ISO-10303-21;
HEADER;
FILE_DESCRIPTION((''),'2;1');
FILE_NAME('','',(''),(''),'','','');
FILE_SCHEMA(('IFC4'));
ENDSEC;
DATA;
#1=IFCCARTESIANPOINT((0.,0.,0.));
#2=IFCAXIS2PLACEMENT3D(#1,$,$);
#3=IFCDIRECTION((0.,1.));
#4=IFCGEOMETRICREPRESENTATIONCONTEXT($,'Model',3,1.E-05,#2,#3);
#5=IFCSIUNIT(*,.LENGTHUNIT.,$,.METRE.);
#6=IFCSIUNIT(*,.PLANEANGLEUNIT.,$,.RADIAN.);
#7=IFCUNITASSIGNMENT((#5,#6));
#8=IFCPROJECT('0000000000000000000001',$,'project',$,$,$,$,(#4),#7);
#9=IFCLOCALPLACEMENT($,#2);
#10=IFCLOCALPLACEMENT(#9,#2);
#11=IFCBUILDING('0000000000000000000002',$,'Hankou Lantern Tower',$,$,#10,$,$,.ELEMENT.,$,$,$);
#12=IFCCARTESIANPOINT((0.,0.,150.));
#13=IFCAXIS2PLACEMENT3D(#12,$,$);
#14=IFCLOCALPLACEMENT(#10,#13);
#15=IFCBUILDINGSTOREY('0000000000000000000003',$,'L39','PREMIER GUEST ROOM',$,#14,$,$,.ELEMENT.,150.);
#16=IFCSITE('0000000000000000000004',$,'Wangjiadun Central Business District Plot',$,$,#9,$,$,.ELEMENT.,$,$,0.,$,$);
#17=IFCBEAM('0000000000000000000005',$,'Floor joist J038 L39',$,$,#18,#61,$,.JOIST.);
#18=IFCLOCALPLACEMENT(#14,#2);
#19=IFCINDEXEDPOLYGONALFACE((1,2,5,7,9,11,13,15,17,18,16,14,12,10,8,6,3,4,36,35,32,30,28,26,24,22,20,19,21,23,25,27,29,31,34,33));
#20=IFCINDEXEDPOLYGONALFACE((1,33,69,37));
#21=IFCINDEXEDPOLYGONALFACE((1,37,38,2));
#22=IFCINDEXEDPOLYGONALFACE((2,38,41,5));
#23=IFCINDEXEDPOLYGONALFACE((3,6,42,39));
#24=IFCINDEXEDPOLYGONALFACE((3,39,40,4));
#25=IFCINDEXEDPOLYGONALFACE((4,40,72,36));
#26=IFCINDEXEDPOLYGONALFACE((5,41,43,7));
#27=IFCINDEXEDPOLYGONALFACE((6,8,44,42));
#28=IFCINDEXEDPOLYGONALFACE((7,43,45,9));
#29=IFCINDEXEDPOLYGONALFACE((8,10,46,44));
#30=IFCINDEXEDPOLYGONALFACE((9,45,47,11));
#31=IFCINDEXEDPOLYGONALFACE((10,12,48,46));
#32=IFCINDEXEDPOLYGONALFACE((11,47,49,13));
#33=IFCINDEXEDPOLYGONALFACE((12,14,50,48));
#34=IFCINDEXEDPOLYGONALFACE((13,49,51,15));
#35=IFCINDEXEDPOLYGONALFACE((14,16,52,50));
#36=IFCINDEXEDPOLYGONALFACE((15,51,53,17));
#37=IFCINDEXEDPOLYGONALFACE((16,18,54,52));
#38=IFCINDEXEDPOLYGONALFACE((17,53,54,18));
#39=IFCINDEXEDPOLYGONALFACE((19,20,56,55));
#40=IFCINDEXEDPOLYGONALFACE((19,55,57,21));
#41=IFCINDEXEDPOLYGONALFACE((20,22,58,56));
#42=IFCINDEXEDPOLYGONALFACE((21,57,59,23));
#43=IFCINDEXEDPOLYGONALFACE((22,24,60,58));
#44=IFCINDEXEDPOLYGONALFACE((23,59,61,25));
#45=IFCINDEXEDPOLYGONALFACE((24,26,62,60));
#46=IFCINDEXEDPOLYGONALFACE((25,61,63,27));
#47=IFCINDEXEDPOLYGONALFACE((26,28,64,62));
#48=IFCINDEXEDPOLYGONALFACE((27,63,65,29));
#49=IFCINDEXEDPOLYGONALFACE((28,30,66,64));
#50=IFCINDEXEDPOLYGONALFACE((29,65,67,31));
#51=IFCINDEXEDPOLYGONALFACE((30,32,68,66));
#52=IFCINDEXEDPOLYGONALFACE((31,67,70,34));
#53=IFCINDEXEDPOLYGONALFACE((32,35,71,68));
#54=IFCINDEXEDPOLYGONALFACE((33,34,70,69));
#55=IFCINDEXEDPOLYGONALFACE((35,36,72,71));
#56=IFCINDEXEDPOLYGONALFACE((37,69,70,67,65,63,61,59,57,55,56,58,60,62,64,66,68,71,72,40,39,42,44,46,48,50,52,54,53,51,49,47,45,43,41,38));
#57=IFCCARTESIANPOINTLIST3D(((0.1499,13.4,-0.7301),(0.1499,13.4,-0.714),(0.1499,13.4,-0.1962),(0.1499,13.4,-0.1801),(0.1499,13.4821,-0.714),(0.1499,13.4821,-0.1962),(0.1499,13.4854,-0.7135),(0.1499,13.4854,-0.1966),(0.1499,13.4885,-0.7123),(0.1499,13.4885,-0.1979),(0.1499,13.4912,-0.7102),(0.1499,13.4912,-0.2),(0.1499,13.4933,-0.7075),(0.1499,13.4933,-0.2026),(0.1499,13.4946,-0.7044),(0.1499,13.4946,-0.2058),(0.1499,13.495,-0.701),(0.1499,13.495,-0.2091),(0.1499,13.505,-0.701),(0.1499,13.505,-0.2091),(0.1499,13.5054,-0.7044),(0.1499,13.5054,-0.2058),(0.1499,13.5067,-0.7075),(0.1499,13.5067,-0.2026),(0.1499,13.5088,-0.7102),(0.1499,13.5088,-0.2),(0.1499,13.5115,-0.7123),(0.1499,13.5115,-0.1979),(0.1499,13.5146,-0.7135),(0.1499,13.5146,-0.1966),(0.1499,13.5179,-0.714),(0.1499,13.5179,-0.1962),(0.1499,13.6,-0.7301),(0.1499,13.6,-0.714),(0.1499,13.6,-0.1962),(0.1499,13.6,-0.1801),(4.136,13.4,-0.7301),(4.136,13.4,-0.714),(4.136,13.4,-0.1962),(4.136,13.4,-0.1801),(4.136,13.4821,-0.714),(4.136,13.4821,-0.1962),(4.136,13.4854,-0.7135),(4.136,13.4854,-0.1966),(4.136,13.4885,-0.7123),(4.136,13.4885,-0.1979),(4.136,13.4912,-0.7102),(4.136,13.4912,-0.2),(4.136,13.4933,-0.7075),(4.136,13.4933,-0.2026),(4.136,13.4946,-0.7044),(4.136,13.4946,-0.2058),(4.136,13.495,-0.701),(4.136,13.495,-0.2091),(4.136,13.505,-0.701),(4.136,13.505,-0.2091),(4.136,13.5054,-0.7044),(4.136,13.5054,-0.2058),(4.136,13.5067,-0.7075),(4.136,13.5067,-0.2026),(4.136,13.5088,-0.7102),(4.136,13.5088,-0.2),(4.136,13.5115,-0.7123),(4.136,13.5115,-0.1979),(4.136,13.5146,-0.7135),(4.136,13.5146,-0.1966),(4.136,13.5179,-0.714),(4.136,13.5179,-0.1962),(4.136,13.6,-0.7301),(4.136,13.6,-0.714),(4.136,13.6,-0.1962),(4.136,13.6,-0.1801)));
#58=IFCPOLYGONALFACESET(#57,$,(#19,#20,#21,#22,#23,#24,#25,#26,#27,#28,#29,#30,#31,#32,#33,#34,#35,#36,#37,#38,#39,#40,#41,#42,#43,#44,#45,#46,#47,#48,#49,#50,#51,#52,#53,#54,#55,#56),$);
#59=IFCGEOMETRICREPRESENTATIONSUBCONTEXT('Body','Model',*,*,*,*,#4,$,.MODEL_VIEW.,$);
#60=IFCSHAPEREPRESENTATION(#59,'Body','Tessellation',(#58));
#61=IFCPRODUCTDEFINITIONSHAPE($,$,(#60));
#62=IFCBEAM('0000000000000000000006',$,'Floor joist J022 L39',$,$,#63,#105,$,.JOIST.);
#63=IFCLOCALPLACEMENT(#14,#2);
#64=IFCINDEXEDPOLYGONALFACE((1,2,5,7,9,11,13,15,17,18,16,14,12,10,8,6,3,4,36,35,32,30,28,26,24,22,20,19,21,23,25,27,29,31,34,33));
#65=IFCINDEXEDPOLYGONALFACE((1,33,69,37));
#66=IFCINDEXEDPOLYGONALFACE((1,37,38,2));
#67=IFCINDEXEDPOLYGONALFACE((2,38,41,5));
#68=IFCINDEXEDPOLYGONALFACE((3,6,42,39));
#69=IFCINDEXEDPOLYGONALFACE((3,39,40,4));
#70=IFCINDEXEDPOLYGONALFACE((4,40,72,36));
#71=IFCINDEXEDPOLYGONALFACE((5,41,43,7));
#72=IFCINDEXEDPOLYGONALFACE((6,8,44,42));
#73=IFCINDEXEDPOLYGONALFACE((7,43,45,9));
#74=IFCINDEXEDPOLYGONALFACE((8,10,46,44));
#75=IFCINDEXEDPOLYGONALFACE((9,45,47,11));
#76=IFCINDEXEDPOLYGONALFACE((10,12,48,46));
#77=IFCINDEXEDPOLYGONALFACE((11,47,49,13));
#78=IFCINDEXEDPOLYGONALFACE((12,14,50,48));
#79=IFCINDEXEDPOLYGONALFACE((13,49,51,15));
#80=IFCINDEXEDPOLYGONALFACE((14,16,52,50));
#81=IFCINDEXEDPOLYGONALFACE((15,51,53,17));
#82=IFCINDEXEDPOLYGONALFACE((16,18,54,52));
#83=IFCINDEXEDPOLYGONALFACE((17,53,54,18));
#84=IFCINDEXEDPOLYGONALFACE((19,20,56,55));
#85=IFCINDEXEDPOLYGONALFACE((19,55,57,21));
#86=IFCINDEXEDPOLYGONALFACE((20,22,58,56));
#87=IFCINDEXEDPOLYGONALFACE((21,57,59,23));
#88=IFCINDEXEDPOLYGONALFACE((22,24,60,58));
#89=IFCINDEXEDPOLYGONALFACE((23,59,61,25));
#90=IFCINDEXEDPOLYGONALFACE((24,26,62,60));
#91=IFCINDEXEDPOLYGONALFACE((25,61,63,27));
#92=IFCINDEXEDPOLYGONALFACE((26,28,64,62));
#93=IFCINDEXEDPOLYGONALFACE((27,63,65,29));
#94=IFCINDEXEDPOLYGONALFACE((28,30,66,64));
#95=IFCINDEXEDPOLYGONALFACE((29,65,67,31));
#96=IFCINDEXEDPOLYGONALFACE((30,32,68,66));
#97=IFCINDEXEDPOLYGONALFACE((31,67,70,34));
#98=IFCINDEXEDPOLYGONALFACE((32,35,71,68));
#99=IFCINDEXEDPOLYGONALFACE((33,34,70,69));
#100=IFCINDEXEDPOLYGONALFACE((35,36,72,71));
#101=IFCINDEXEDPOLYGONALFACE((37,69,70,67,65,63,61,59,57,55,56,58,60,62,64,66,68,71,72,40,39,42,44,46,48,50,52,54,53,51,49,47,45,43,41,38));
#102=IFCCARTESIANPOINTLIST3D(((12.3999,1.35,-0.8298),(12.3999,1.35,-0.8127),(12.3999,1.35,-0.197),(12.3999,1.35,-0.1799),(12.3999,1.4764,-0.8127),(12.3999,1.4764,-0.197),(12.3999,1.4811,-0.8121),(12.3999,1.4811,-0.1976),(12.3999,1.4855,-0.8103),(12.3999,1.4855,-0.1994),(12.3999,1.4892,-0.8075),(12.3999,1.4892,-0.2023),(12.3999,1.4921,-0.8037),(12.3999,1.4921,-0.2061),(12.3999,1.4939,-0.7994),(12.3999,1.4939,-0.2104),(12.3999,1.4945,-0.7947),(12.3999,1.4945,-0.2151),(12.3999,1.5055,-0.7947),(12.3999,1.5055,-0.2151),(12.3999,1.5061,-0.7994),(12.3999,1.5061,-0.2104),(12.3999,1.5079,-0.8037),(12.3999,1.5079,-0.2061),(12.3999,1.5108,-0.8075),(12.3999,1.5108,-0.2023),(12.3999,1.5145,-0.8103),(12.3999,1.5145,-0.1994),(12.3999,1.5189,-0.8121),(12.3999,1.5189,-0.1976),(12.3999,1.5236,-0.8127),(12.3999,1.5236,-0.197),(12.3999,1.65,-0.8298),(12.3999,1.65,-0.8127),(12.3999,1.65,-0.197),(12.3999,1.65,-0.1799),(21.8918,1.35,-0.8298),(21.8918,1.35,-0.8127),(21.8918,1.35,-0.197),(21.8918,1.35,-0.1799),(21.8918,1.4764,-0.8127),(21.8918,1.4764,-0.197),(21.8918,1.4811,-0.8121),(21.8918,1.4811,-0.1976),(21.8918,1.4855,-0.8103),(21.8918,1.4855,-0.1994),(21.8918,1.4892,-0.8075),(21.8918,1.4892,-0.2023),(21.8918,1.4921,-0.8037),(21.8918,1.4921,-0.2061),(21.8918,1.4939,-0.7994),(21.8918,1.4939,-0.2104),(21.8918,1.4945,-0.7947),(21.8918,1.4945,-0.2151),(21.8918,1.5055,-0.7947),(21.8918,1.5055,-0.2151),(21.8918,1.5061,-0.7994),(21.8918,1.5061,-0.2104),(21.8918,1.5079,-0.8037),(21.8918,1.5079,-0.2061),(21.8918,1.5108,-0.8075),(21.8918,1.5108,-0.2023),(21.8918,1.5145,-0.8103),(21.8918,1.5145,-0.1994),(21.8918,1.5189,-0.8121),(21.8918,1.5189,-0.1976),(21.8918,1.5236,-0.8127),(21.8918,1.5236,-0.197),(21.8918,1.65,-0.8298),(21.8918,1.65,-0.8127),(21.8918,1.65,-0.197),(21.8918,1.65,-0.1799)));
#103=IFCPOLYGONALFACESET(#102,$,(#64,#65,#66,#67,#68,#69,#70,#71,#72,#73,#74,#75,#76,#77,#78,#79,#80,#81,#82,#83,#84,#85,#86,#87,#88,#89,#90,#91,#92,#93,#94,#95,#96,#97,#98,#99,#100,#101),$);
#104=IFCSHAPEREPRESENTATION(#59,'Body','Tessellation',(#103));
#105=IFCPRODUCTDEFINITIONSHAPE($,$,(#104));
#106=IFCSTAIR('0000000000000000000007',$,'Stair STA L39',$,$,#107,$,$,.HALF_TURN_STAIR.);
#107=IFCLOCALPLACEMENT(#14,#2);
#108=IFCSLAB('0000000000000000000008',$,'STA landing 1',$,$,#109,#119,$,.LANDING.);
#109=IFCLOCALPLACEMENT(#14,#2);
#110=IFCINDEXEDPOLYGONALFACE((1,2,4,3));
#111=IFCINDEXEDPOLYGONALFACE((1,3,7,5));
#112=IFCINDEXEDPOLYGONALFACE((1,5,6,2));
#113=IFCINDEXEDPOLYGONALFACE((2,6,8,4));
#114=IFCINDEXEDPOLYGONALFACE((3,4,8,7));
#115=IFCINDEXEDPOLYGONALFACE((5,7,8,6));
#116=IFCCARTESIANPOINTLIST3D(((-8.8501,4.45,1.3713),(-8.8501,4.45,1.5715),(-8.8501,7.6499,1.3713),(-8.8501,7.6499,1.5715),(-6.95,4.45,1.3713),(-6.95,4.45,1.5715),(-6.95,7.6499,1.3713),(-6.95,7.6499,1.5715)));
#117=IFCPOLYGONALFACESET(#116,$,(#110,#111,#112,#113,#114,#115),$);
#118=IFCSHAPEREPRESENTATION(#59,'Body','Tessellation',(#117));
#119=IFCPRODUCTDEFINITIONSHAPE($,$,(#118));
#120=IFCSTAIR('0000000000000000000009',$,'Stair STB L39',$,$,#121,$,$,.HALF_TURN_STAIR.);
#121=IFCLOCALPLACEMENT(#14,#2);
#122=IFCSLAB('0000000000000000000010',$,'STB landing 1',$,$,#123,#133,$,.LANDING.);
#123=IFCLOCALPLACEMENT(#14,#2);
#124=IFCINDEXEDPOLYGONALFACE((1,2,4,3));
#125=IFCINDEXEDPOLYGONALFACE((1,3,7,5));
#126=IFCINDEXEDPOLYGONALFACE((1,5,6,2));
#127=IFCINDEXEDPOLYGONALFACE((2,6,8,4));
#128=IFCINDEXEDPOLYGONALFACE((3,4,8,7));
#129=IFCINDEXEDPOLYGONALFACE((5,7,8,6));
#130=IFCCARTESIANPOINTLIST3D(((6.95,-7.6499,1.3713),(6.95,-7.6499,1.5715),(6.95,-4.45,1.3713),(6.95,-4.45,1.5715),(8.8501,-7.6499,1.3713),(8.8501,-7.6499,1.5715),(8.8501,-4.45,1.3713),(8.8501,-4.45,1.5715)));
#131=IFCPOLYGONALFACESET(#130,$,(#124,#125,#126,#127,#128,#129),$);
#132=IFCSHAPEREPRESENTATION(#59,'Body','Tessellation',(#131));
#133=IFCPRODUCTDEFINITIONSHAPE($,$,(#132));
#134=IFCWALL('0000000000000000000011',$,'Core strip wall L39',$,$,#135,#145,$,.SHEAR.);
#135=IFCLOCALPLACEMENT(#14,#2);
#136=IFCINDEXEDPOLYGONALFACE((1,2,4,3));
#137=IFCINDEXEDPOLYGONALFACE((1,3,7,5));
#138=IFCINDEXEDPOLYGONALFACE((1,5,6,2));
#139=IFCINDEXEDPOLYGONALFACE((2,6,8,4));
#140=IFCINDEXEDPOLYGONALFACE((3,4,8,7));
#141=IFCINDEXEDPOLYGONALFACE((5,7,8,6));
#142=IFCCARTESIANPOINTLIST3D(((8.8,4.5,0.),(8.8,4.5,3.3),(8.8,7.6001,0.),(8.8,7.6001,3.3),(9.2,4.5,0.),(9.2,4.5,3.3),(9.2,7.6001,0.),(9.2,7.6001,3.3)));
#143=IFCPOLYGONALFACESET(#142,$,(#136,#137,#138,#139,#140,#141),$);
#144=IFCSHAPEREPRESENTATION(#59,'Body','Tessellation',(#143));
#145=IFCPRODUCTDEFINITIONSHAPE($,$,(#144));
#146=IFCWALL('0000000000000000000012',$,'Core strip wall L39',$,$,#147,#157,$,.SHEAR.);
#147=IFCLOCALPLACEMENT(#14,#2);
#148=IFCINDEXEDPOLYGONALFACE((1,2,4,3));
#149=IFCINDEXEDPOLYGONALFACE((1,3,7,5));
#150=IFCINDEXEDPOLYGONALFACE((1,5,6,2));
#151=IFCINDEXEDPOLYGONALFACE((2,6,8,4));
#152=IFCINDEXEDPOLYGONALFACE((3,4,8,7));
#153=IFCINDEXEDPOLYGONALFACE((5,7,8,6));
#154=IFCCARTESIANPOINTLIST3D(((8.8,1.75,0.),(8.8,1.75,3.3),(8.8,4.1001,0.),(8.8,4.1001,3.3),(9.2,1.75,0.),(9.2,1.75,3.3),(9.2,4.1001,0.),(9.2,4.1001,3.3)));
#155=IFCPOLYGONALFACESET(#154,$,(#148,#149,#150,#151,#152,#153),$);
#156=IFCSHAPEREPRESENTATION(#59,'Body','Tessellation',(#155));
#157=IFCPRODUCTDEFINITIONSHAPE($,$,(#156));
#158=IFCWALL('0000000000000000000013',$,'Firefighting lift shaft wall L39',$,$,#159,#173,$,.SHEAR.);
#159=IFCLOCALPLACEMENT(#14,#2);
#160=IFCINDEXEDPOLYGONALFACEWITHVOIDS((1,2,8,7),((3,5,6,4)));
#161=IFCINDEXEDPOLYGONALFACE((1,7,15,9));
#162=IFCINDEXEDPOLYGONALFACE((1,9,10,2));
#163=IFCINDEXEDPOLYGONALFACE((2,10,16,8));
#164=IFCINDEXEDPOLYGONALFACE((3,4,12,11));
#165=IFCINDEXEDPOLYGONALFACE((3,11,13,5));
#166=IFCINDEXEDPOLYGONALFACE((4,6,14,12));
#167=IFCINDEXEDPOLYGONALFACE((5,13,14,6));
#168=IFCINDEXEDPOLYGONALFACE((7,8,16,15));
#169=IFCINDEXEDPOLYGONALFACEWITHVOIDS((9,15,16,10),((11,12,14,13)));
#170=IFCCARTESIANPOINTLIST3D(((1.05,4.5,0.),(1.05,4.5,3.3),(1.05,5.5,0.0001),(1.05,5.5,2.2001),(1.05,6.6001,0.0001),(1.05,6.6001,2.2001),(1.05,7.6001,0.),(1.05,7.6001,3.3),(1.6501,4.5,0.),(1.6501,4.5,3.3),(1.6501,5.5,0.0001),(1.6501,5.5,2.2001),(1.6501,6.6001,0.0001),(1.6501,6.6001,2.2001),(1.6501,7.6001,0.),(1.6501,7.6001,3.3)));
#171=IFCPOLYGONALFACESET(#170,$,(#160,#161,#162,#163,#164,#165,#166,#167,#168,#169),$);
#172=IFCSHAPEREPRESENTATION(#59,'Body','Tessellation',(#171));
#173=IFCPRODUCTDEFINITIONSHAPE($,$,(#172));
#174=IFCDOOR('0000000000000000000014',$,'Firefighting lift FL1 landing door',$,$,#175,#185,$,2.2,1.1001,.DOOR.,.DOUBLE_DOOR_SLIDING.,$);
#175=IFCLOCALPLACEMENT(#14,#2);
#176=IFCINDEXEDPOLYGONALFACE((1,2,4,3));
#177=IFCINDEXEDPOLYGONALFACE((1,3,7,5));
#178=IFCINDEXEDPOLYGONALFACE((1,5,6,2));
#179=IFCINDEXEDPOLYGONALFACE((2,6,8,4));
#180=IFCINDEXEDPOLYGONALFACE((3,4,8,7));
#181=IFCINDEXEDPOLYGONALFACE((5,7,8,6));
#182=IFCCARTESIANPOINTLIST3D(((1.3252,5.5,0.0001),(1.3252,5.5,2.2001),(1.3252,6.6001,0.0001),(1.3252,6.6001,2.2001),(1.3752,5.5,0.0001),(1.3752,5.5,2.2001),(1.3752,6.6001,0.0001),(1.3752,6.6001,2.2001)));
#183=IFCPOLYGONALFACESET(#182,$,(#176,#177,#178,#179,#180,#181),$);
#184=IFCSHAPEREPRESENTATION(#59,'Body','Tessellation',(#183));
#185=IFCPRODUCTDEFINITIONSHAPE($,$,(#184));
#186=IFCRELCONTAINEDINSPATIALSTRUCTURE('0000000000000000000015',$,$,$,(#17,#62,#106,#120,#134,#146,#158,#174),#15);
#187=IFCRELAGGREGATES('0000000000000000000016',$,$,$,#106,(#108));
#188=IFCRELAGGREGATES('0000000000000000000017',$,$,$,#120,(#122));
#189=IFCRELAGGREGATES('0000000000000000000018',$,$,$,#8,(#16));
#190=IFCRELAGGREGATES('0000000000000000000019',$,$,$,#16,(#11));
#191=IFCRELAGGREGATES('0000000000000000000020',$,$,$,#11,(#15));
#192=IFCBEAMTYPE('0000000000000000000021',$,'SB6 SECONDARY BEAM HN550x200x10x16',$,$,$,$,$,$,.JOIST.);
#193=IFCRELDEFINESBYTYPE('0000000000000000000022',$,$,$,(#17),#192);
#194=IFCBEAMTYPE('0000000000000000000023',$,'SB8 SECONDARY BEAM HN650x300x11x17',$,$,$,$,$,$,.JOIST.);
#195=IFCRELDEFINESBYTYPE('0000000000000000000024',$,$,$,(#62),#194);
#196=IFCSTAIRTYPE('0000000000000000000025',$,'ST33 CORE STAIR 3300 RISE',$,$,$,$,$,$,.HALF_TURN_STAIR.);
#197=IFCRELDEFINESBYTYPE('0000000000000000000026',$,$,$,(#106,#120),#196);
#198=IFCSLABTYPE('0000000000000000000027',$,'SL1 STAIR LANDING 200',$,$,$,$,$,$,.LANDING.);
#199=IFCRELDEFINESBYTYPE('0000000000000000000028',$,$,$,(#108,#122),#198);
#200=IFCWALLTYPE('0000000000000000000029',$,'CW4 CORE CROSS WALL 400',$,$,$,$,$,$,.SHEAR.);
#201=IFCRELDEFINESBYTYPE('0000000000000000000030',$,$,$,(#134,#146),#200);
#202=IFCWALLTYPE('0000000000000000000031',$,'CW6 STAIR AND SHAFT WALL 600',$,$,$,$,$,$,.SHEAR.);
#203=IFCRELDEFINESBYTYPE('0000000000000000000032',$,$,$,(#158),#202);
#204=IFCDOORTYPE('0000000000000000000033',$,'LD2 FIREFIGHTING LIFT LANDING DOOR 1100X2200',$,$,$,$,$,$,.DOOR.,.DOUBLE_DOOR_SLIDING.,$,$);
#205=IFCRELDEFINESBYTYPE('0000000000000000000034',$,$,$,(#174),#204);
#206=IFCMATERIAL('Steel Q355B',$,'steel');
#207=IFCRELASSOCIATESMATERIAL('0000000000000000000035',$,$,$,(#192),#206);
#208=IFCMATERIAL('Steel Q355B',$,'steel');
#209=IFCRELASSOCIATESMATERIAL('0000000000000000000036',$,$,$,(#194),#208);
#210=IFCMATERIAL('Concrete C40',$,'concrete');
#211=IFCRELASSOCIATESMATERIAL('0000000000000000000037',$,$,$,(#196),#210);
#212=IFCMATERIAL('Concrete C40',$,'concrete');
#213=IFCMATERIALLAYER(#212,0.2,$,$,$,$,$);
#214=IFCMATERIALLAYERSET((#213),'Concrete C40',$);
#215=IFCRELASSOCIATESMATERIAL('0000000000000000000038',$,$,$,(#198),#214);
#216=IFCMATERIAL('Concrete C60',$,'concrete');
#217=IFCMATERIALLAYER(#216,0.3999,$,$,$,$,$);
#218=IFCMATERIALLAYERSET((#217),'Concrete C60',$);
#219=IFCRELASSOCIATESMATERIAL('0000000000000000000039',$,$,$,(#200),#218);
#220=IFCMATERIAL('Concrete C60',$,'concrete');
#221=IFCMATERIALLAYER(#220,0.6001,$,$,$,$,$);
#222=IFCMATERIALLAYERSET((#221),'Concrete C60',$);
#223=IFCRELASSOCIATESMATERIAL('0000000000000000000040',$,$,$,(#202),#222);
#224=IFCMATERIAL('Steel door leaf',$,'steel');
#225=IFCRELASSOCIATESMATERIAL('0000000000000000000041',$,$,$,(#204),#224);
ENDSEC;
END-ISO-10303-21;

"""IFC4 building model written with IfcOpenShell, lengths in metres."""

from ifc_helpers import new_model, si_unit, direction, frame, frame_2d, origin, origin_2d, place, context, subcontext, project, spatial, polyline, rectangle, i_section, outline, extrude, material, layer, layer_set, material_profile, profile_set, type_object, element, fill, aggregate, save


model = new_model("IFC4")

# Units and contexts
model_context = context("Model", 3, precision=1e-05, world=origin(), true_north=direction((0.0, 1.0)))
body_context = subcontext(model_context, "Body", "Model", "MODEL_VIEW")
ifc_project = project(units=[si_unit("LENGTHUNIT", "METRE"), si_unit("PLANEANGLEUNIT", "RADIAN")], contexts=[model_context])

# Site, building, storey
site_placement = place(None, origin())
site = spatial("IfcSite", under=ifc_project, at=site_placement, Name="Wangjiadun Central Business District Plot", CompositionType="ELEMENT", RefElevation=0.0)
building_placement = place(site_placement, origin())
building = spatial("IfcBuilding", under=site, at=building_placement, Name="Hankou Lantern Tower", CompositionType="ELEMENT")
storey_placement = place(building_placement, frame((0.0, 0.0, 150.0)))
storey = spatial("IfcBuildingStorey", under=building, at=storey_placement, Name="L39", Description="PREMIER GUEST ROOM", CompositionType="ELEMENT", Elevation=150.0)

# Beams
ifc_material_1 = material(Name="Steel Q355B", Category="steel")
ifc_material_profile_1 = material_profile(ifc_material_1, i_section(OverallWidth=0.2, OverallDepth=0.55, WebThickness=0.01, FlangeThickness=0.0161, FilletRadius=0.0129, at=origin_2d()), Name="HN550x200x10x16")
ifc_profile_set_1 = profile_set([ifc_material_profile_1], Name="Steel Q355B")
beam_type_1 = type_object("IfcBeamType", Name="SB6 SECONDARY BEAM HN550x200x10x16", PredefinedType="JOIST", material=ifc_profile_set_1)
beam_1_placement = place(storey_placement, frame((0.1499, 13.5, -0.4551), z_axis=(1.0, 0.0, 0.0), x_axis=(0.0, 1.0, 0.0)))
element("IfcBeam", 1, at=beam_1_placement, inside=storey, type_object=beam_type_1, Name="Floor joist J038 L39", PredefinedType="JOIST", context=body_context, shape_type="SweptSolid", body=[
    extrude(i_section(OverallWidth=0.2, OverallDepth=0.55, WebThickness=0.01, FlangeThickness=0.0161, FilletRadius=0.0129, at=origin_2d()), origin(), (0.0, 0.0, 1.0), 3.9861),
])
ifc_material_2 = material(Name="Steel Q355B", Category="steel")
ifc_material_profile_2 = material_profile(ifc_material_2, i_section(OverallWidth=0.3, OverallDepth=0.6499, WebThickness=0.011, FlangeThickness=0.0171, FilletRadius=0.0181, at=origin_2d()), Name="HN650x300x11x17")
ifc_profile_set_2 = profile_set([ifc_material_profile_2], Name="Steel Q355B")
beam_type_2 = type_object("IfcBeamType", Name="SB8 SECONDARY BEAM HN650x300x11x17", PredefinedType="JOIST", material=ifc_profile_set_2)
beam_2_placement = place(storey_placement, frame((12.3999, 1.5, -0.5049), z_axis=(1.0, 0.0, 0.0), x_axis=(0.0, 1.0, 0.0)))
element("IfcBeam", 2, at=beam_2_placement, inside=storey, type_object=beam_type_2, Name="Floor joist J022 L39", PredefinedType="JOIST", context=body_context, shape_type="SweptSolid", body=[
    extrude(i_section(OverallWidth=0.3, OverallDepth=0.6499, WebThickness=0.011, FlangeThickness=0.0171, FilletRadius=0.0181, at=origin_2d()), origin(), (0.0, 0.0, 1.0), 9.4919),
])

# Stairs, slabs
ifc_material_3 = material(Name="Concrete C40", Category="concrete")
stair_type = type_object("IfcStairType", Name="ST33 CORE STAIR 3300 RISE", PredefinedType="HALF_TURN_STAIR", material=ifc_material_3)
stair_1_placement = place(storey_placement, origin())
stair_1 = element("IfcStair", 3, at=stair_1_placement, inside=storey, type_object=stair_type, Name="Stair STA L39", PredefinedType="HALF_TURN_STAIR")
ifc_material_4 = material(Name="Concrete C40", Category="concrete")
ifc_layer_1 = layer(ifc_material_4, 0.2)
ifc_layer_set_1 = layer_set([ifc_layer_1], Name="Concrete C40")
slab_type = type_object("IfcSlabType", Name="SL1 STAIR LANDING 200", PredefinedType="LANDING", material=ifc_layer_set_1)
slab_1_placement = place(storey_placement, frame((0.0, 0.0, 1.3713)))
slab_1 = element("IfcSlab", 4, at=slab_1_placement, type_object=slab_type, Name="STA landing 1", PredefinedType="LANDING", context=body_context, shape_type="SweptSolid", body=[
    extrude(outline(polyline([(-8.8501, 4.45), (-6.95, 4.45), (-6.95, 7.6499), (-8.8501, 7.6499), (-8.8501, 4.45)])), origin(), (0.0, 0.0, 1.0), 0.2002),
])
aggregate(stair_1, [slab_1])
stair_2_placement = place(storey_placement, origin())
stair_2 = element("IfcStair", 5, at=stair_2_placement, inside=storey, type_object=stair_type, Name="Stair STB L39", PredefinedType="HALF_TURN_STAIR")
slab_2_placement = place(storey_placement, frame((0.0, 0.0, 1.3713)))
slab_2 = element("IfcSlab", 6, at=slab_2_placement, type_object=slab_type, Name="STB landing 1", PredefinedType="LANDING", context=body_context, shape_type="SweptSolid", body=[
    extrude(outline(polyline([(8.8501, -4.45), (6.95, -4.45), (6.95, -7.6499), (8.8501, -7.6499), (8.8501, -4.45)])), origin(), (0.0, 0.0, 1.0), 0.2002),
])
aggregate(stair_2, [slab_2])

# Walls
ifc_material_5 = material(Name="Concrete C60", Category="concrete")
ifc_layer_2 = layer(ifc_material_5, 0.3999)
ifc_layer_set_2 = layer_set([ifc_layer_2], Name="Concrete C60")
wall_type_1 = type_object("IfcWallType", Name="CW4 CORE CROSS WALL 400", PredefinedType="SHEAR", material=ifc_layer_set_2)
wall_1_placement = place(storey_placement, frame((9.0, 4.5, 0.0), z_axis=(0.0, 0.0, 1.0), x_axis=(0.0, 1.0, 0.0)))
element("IfcWall", 7, at=wall_1_placement, inside=storey, type_object=wall_type_1, Name="Core strip wall L39", PredefinedType="SHEAR", context=body_context, shape_type="SweptSolid", body=[
    extrude(rectangle(XDim=3.1001, YDim=0.3999, at=frame_2d((1.55, 0.0))), origin(), (0.0, 0.0, 1.0), 3.3),
])
wall_2_placement = place(storey_placement, frame((9.0, 1.75, 0.0), z_axis=(0.0, 0.0, 1.0), x_axis=(0.0, 1.0, 0.0)))
element("IfcWall", 8, at=wall_2_placement, inside=storey, type_object=wall_type_1, Name="Core strip wall L39", PredefinedType="SHEAR", context=body_context, shape_type="SweptSolid", body=[
    extrude(rectangle(XDim=2.3501, YDim=0.3999, at=frame_2d((1.175, 0.0))), origin(), (0.0, 0.0, 1.0), 3.3),
])

# Wall, opening, door
ifc_material_6 = material(Name="Concrete C60", Category="concrete")
ifc_layer_3 = layer(ifc_material_6, 0.6001)
ifc_layer_set_3 = layer_set([ifc_layer_3], Name="Concrete C60")
wall_type_2 = type_object("IfcWallType", Name="CW6 STAIR AND SHAFT WALL 600", PredefinedType="SHEAR", material=ifc_layer_set_3)
wall_3_placement = place(storey_placement, frame((1.3501, 4.5, 0.0), z_axis=(0.0, 0.0, 1.0), x_axis=(0.0, 1.0, 0.0)))
wall_3 = element("IfcWall", 9, at=wall_3_placement, inside=storey, type_object=wall_type_2, Name="Firefighting lift shaft wall L39", PredefinedType="SHEAR", context=body_context, shape_type="SweptSolid", body=[
    extrude(rectangle(XDim=3.1001, YDim=0.6001, at=frame_2d((1.55, 0.0))), origin(), (0.0, 0.0, 1.0), 3.3),
])
opening_1_placement = place(wall_3_placement, frame((1.0, 0.0, 0.0)))
opening_1 = element("IfcOpeningElement", 10, at=opening_1_placement, cuts=wall_3, PredefinedType="OPENING", context=body_context, shape_type="SweptSolid", body=[
    extrude(rectangle(XDim=1.1001, YDim=2.2, at=frame_2d((0.55, 1.1001))), frame((0.0, 0.3101, 0.0), z_axis=(0.0, -1.0, 0.0), x_axis=(1.0, 0.0, 0.0)), (0.0, 0.0, 1.0), 0.6201),
])
ifc_material_7 = material(Name="Steel door leaf", Category="steel")
door_type_1 = type_object("IfcDoorType", Name="LD2 FIREFIGHTING LIFT LANDING DOOR 1100X2200", OperationType="DOUBLE_DOOR_SLIDING", PredefinedType="DOOR", material=ifc_material_7)
door_1_placement = place(opening_1_placement, origin())
door_1 = element("IfcDoor", 11, at=door_1_placement, inside=storey, type_object=door_type_1, Name="Firefighting lift FL1 landing door", OperationType="DOUBLE_DOOR_SLIDING", OverallHeight=2.2, OverallWidth=1.1001, PredefinedType="DOOR", context=body_context, shape_type="SweptSolid", body=[
    extrude(rectangle(XDim=1.1001, YDim=2.2, at=frame_2d((0.55, 1.1001))), frame((0.0, 0.0249, 0.0), z_axis=(0.0, -1.0, 0.0), x_axis=(1.0, 0.0, 0.0)), (0.0, 0.0, 1.0), 0.05),
])
fill(opening_1, door_1)

save(model, "model.ifc")
